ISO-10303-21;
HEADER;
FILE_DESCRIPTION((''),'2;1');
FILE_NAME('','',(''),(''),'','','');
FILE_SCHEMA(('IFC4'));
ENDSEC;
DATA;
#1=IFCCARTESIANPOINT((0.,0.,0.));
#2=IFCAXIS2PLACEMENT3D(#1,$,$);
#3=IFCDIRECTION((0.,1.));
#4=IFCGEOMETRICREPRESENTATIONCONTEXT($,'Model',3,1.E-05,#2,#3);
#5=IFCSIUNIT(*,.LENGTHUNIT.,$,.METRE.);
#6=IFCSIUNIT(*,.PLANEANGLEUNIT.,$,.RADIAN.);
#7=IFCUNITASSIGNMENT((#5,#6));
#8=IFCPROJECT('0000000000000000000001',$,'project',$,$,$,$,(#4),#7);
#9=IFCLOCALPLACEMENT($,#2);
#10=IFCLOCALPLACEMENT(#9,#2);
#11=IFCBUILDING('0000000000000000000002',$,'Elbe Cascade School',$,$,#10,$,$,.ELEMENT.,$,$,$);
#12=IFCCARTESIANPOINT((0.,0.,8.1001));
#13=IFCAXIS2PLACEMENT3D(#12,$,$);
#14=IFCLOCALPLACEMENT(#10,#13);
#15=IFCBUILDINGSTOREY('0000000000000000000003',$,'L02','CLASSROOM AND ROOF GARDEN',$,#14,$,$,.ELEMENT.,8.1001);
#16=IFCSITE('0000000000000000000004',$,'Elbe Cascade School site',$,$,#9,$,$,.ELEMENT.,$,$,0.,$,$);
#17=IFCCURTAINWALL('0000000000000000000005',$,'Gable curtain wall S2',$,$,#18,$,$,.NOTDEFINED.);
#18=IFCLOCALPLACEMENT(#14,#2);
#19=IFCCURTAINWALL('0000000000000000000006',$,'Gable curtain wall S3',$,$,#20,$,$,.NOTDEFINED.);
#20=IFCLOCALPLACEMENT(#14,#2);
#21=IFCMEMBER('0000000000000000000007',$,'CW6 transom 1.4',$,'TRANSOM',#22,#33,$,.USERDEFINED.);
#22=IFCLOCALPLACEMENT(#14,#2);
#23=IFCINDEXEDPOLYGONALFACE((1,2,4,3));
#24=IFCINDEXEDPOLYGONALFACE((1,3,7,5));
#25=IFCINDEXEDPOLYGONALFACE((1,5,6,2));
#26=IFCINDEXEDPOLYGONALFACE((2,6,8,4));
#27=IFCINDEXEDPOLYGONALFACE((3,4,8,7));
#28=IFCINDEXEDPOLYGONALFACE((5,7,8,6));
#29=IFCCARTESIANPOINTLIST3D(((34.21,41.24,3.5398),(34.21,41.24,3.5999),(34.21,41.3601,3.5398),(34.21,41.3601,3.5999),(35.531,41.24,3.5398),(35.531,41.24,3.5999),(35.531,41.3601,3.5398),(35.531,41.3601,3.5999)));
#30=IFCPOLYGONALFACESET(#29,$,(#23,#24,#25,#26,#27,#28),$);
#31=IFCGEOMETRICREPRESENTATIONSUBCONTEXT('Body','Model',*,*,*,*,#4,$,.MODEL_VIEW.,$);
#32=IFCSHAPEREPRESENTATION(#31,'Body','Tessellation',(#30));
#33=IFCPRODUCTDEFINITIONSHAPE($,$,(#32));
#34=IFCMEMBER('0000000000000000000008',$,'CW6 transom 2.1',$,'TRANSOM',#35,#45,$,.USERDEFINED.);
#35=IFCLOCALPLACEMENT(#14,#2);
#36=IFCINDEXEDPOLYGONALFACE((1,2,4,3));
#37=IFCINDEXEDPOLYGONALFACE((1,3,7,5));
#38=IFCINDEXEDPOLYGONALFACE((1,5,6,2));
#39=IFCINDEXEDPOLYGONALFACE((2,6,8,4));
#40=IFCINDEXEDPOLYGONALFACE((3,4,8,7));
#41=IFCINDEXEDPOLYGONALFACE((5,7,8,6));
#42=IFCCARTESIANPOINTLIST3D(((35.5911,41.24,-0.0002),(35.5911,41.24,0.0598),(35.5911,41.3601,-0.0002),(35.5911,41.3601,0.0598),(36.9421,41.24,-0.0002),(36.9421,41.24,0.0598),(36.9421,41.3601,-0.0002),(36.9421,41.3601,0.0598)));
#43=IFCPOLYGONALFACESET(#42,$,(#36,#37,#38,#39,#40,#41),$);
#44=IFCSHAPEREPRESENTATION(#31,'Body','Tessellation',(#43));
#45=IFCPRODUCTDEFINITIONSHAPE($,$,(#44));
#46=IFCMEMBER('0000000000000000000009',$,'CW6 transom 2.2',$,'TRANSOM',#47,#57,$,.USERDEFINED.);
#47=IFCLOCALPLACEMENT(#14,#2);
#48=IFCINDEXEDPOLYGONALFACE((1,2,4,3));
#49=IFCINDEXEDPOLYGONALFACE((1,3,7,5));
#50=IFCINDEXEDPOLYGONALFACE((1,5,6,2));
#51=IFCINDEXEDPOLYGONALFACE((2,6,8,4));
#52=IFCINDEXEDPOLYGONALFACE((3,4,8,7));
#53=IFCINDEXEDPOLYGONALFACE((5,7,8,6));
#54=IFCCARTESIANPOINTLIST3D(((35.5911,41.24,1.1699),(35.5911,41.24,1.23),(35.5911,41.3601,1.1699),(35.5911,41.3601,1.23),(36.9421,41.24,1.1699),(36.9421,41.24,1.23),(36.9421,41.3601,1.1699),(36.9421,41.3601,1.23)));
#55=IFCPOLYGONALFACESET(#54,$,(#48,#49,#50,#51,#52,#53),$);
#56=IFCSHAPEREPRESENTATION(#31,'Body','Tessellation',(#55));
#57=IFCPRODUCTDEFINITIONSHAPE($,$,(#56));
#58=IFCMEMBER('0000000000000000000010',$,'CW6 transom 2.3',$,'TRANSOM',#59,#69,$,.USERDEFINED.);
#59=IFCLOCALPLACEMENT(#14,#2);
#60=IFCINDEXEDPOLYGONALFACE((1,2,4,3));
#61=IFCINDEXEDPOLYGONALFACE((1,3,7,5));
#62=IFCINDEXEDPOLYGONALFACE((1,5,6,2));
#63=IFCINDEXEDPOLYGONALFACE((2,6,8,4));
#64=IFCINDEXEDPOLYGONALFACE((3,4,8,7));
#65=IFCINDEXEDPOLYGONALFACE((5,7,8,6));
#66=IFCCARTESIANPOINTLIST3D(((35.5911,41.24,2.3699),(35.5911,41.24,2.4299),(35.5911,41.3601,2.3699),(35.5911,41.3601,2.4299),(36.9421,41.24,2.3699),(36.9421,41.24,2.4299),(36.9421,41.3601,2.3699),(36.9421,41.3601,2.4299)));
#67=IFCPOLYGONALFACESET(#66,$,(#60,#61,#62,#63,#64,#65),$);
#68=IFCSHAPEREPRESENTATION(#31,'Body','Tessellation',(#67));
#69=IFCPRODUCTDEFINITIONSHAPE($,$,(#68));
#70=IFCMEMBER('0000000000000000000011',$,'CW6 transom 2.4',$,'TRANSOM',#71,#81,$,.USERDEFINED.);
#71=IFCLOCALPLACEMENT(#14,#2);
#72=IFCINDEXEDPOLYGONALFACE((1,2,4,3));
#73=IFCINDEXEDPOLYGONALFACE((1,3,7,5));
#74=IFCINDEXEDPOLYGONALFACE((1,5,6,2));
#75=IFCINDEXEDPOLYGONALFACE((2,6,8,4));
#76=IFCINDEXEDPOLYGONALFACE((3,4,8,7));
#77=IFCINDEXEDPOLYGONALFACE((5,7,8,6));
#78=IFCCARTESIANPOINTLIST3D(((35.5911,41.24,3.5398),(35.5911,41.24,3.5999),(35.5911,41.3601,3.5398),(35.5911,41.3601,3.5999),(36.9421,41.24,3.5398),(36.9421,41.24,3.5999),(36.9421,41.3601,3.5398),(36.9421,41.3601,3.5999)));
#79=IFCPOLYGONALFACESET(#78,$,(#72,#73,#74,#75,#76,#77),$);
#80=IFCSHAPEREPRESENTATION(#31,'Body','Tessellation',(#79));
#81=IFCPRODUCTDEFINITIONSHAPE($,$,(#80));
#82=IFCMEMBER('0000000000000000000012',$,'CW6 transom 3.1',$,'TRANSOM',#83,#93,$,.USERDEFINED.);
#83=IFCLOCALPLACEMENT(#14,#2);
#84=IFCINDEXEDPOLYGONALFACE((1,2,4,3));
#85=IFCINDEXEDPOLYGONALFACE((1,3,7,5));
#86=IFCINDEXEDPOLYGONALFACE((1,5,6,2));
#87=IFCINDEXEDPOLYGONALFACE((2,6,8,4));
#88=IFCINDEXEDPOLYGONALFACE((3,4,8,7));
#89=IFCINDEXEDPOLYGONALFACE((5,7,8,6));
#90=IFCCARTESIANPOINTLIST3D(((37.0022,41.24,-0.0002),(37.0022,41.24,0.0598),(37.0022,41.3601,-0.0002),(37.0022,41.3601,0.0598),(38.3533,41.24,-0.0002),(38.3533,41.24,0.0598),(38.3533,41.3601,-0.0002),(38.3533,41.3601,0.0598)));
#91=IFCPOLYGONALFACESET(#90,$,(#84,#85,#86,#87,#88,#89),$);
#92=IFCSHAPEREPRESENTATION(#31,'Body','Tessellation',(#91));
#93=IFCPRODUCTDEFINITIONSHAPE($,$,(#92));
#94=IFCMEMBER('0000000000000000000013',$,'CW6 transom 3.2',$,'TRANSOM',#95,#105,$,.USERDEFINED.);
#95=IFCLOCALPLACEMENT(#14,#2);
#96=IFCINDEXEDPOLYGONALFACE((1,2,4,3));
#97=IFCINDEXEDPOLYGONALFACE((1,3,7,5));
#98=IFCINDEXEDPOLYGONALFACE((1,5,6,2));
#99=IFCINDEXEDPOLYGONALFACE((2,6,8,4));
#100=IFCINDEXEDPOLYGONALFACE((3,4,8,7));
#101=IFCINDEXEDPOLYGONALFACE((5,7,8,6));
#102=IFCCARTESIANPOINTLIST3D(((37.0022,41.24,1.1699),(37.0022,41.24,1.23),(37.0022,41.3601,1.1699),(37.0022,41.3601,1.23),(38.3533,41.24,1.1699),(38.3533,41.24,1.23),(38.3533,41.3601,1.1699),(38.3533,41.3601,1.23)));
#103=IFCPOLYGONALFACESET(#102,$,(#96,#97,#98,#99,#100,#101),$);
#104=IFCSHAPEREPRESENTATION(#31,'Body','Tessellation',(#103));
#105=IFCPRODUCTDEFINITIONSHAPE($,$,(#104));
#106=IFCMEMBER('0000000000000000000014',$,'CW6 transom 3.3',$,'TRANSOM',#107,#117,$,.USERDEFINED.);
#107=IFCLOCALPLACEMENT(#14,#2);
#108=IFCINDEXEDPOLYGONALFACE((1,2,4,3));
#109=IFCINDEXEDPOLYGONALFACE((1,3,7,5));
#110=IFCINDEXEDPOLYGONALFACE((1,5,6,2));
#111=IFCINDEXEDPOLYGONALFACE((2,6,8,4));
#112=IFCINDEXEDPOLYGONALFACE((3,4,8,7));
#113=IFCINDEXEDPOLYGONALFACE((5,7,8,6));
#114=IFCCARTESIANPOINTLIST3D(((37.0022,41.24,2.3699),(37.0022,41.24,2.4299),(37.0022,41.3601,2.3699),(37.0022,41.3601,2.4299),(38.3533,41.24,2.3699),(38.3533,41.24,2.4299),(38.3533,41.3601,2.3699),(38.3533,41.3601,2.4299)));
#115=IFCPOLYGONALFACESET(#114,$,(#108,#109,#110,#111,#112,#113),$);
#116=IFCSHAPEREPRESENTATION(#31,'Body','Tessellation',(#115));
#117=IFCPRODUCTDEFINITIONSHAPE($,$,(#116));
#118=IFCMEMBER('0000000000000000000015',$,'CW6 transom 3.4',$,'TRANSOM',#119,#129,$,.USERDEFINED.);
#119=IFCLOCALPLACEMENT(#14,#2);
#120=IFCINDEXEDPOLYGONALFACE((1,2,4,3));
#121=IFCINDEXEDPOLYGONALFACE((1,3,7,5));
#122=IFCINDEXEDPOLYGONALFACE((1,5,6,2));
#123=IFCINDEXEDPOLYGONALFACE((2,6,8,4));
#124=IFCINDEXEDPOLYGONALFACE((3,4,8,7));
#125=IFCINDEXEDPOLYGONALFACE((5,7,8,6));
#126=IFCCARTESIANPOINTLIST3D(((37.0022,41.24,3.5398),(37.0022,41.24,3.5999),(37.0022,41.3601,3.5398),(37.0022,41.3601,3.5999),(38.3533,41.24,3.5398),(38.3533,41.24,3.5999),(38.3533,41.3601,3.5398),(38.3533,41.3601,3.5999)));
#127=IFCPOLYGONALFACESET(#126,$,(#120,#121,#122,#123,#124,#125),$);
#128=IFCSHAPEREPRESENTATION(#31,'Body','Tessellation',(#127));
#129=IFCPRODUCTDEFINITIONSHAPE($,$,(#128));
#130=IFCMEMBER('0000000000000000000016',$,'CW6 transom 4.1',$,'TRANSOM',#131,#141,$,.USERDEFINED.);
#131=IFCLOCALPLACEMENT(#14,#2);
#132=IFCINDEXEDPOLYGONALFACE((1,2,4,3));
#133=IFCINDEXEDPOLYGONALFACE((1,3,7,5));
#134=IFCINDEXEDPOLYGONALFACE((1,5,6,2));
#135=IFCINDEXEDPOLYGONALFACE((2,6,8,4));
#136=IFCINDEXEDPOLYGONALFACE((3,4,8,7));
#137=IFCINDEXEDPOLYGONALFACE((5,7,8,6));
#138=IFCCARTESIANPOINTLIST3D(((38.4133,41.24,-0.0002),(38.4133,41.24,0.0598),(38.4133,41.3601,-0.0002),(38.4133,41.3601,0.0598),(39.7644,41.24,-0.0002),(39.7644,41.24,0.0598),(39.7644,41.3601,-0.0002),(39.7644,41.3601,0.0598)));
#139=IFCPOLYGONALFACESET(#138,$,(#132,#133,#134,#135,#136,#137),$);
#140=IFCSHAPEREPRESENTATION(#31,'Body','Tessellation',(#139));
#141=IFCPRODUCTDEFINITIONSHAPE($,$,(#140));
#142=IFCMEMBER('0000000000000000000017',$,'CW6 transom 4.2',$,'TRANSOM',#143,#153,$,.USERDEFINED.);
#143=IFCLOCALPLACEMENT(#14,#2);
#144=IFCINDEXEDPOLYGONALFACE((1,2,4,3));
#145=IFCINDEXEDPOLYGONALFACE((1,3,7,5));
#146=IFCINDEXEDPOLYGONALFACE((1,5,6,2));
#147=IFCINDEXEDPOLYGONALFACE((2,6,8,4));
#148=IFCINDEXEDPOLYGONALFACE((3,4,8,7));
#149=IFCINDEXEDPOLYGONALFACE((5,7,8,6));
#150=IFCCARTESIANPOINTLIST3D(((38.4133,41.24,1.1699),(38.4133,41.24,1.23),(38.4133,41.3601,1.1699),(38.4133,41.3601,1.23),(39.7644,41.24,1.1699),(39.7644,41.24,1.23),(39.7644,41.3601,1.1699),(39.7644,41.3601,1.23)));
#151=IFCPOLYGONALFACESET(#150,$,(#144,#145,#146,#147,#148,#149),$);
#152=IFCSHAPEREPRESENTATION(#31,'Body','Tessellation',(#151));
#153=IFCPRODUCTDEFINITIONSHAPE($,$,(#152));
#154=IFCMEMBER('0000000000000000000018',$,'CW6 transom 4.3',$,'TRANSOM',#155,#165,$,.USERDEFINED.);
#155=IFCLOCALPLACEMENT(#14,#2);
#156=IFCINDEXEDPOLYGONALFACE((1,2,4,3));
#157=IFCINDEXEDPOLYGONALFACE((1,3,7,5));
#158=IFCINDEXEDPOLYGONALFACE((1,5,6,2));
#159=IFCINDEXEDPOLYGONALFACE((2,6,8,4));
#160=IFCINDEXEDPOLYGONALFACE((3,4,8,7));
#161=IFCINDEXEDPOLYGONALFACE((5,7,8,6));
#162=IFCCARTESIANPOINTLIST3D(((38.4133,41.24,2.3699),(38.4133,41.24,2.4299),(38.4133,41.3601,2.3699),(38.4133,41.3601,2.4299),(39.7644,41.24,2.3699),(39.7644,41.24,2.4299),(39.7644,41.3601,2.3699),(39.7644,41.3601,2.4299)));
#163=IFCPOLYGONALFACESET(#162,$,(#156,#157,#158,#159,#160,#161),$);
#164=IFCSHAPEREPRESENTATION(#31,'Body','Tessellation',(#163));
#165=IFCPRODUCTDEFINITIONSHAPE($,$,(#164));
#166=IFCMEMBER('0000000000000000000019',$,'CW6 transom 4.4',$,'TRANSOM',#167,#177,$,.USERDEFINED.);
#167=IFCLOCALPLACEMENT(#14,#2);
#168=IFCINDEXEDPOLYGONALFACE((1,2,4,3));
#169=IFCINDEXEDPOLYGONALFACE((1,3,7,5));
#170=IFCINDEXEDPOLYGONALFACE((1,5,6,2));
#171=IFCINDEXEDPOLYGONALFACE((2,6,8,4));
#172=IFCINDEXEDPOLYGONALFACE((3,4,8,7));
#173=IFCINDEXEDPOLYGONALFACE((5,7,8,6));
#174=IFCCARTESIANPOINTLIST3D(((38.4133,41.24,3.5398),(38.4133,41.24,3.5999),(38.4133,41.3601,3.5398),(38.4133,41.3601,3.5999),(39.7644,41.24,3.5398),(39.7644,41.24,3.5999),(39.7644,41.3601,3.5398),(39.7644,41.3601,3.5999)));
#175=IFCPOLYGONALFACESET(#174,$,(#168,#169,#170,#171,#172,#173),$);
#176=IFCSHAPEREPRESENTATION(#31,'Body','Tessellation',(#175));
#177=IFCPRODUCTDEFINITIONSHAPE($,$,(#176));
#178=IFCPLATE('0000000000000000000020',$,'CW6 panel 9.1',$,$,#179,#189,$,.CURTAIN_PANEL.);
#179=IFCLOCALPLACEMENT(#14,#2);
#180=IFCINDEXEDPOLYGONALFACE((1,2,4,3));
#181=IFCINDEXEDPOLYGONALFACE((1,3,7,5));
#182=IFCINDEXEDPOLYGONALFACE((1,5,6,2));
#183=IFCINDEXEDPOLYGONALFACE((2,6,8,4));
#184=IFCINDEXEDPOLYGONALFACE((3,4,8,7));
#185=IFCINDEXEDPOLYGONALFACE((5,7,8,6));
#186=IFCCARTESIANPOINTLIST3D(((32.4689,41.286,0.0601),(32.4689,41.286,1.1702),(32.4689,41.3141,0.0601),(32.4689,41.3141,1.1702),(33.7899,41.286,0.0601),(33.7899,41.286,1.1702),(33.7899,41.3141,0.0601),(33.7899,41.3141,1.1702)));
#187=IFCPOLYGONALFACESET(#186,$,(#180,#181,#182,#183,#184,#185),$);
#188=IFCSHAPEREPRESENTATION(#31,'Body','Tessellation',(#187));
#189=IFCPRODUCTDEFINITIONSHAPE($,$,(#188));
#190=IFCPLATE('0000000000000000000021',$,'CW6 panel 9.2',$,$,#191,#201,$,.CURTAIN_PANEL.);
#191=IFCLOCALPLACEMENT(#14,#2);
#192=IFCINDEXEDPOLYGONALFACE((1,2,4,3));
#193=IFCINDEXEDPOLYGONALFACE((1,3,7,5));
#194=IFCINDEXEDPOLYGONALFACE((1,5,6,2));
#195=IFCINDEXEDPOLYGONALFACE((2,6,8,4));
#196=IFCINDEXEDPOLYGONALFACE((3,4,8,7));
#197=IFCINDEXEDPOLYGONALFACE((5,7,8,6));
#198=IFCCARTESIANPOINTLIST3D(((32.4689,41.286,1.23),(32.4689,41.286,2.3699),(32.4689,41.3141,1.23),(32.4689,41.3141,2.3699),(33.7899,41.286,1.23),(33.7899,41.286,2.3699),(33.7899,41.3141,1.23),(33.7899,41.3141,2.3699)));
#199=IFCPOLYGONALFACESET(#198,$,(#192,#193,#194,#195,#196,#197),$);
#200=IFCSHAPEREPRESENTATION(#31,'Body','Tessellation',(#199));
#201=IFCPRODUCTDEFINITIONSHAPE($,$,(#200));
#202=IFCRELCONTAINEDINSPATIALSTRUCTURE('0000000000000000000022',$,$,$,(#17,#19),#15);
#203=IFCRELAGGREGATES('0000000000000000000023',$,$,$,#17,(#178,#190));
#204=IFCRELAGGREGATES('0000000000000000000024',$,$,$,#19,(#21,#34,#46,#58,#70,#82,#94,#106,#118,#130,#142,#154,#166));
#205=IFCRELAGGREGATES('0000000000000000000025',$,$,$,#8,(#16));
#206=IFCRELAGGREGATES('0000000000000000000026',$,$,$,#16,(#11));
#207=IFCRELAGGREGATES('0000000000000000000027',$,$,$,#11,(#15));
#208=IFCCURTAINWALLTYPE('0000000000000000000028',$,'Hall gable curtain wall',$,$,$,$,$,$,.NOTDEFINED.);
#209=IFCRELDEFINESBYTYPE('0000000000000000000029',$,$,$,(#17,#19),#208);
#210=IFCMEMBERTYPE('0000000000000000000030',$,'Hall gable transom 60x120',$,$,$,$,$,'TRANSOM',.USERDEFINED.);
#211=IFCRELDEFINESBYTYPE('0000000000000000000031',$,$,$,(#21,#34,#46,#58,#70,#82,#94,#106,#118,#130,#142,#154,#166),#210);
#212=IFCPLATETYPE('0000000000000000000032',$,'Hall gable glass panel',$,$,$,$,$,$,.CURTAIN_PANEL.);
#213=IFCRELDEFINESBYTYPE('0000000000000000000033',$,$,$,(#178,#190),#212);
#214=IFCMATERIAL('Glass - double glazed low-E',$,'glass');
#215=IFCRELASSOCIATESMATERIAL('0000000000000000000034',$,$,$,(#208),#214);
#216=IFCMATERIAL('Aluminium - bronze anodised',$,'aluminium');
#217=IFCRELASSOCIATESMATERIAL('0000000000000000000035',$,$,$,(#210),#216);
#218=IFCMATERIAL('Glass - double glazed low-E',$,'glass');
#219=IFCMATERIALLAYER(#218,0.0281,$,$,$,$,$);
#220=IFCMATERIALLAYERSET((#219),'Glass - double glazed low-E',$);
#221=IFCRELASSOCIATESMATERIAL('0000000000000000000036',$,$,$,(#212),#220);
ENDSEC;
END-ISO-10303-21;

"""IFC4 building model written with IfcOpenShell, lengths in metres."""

from ifc_helpers import new_model, si_unit, direction, frame, origin, origin_2d, place, context, subcontext, project, spatial, rectangle, extrude, material, layer, layer_set, material_profile, profile_set, type_object, element, aggregate, save


model = new_model("IFC4")

# Units and contexts
model_context = context("Model", 3, precision=1e-05, world=origin(), true_north=direction((0.0, 1.0)))
body_context = subcontext(model_context, "Body", "Model", "MODEL_VIEW")
ifc_project = project(units=[si_unit("LENGTHUNIT", "METRE"), si_unit("PLANEANGLEUNIT", "RADIAN")], contexts=[model_context])

# Site, building, storey
site_placement = place(None, origin())
site = spatial("IfcSite", under=ifc_project, at=site_placement, Name="Elbe Cascade School site", CompositionType="ELEMENT", RefElevation=0.0)
building_placement = place(site_placement, origin())
building = spatial("IfcBuilding", under=site, at=building_placement, Name="Elbe Cascade School", CompositionType="ELEMENT")
storey_placement = place(building_placement, frame((0.0, 0.0, 8.1001)))
storey = spatial("IfcBuildingStorey", under=building, at=storey_placement, Name="L02", Description="CLASSROOM AND ROOF GARDEN", CompositionType="ELEMENT", Elevation=8.1001)

# Curtain wall
ifc_material_1 = material(Name="Glass - double glazed low-E", Category="glass")
curtain_wall_type = type_object("IfcCurtainWallType", Name="Hall gable curtain wall", PredefinedType="NOTDEFINED", material=ifc_material_1)
curtain_wall_1_placement = place(storey_placement, origin())
curtain_wall_1 = element("IfcCurtainWall", 1, at=curtain_wall_1_placement, inside=storey, type_object=curtain_wall_type, Name="Gable curtain wall S2", PredefinedType="NOTDEFINED")

# Curtain wall
curtain_wall_2_placement = place(storey_placement, origin())
curtain_wall_2 = element("IfcCurtainWall", 2, at=curtain_wall_2_placement, inside=storey, type_object=curtain_wall_type, Name="Gable curtain wall S3", PredefinedType="NOTDEFINED")

# Members
ifc_material_2 = material(Name="Aluminium - bronze anodised", Category="aluminium")
ifc_material_profile_1 = material_profile(ifc_material_2, rectangle(XDim=0.1201, YDim=0.0601, at=origin_2d()), Name="Alu 60x120")
ifc_profile_set_1 = profile_set([ifc_material_profile_1], Name="Aluminium - bronze anodised")
member_type_1 = type_object("IfcMemberType", Name="Hall gable transom 60x120", ElementType="TRANSOM", PredefinedType="USERDEFINED", material=ifc_profile_set_1)
member_1_placement = place(storey_placement, frame((34.21, 41.3, 3.5698), z_axis=(1.0, 0.0, 0.0), x_axis=(0.0, 1.0, 0.0)))
member_1 = element("IfcMember", 3, at=member_1_placement, type_object=member_type_1, Name="CW6 transom 1.4", ObjectType="TRANSOM", PredefinedType="USERDEFINED", context=body_context, shape_type="SweptSolid", body=[
    extrude(rectangle(XDim=0.1201, YDim=0.0601, at=origin_2d()), origin(), (0.0, 0.0, 1.0), 1.321),
])
member_2_placement = place(storey_placement, frame((35.5911, 41.3, 0.0298), z_axis=(1.0, 0.0, 0.0), x_axis=(0.0, 1.0, 0.0)))
member_2 = element("IfcMember", 4, at=member_2_placement, type_object=member_type_1, Name="CW6 transom 2.1", ObjectType="TRANSOM", PredefinedType="USERDEFINED", context=body_context, shape_type="SweptSolid", body=[
    extrude(rectangle(XDim=0.1201, YDim=0.0601, at=origin_2d()), origin(), (0.0, 0.0, 1.0), 1.3511),
])
member_3_placement = place(storey_placement, frame((35.5911, 41.3, 1.2), z_axis=(1.0, 0.0, 0.0), x_axis=(0.0, 1.0, 0.0)))
member_3 = element("IfcMember", 5, at=member_3_placement, type_object=member_type_1, Name="CW6 transom 2.2", ObjectType="TRANSOM", PredefinedType="USERDEFINED", context=body_context, shape_type="SweptSolid", body=[
    extrude(rectangle(XDim=0.1201, YDim=0.0601, at=origin_2d()), origin(), (0.0, 0.0, 1.0), 1.3511),
])
member_4_placement = place(storey_placement, frame((35.5911, 41.3, 2.3999), z_axis=(1.0, 0.0, 0.0), x_axis=(0.0, 1.0, 0.0)))
member_4 = element("IfcMember", 6, at=member_4_placement, type_object=member_type_1, Name="CW6 transom 2.3", ObjectType="TRANSOM", PredefinedType="USERDEFINED", context=body_context, shape_type="SweptSolid", body=[
    extrude(rectangle(XDim=0.1201, YDim=0.0601, at=origin_2d()), origin(), (0.0, 0.0, 1.0), 1.3511),
])
member_5_placement = place(storey_placement, frame((35.5911, 41.3, 3.5698), z_axis=(1.0, 0.0, 0.0), x_axis=(0.0, 1.0, 0.0)))
member_5 = element("IfcMember", 7, at=member_5_placement, type_object=member_type_1, Name="CW6 transom 2.4", ObjectType="TRANSOM", PredefinedType="USERDEFINED", context=body_context, shape_type="SweptSolid", body=[
    extrude(rectangle(XDim=0.1201, YDim=0.0601, at=origin_2d()), origin(), (0.0, 0.0, 1.0), 1.3511),
])
member_6_placement = place(storey_placement, frame((37.0022, 41.3, 0.0298), z_axis=(1.0, 0.0, 0.0), x_axis=(0.0, 1.0, 0.0)))
member_6 = element("IfcMember", 8, at=member_6_placement, type_object=member_type_1, Name="CW6 transom 3.1", ObjectType="TRANSOM", PredefinedType="USERDEFINED", context=body_context, shape_type="SweptSolid", body=[
    extrude(rectangle(XDim=0.1201, YDim=0.0601, at=origin_2d()), origin(), (0.0, 0.0, 1.0), 1.3511),
])
member_7_placement = place(storey_placement, frame((37.0022, 41.3, 1.2), z_axis=(1.0, 0.0, 0.0), x_axis=(0.0, 1.0, 0.0)))
member_7 = element("IfcMember", 9, at=member_7_placement, type_object=member_type_1, Name="CW6 transom 3.2", ObjectType="TRANSOM", PredefinedType="USERDEFINED", context=body_context, shape_type="SweptSolid", body=[
    extrude(rectangle(XDim=0.1201, YDim=0.0601, at=origin_2d()), origin(), (0.0, 0.0, 1.0), 1.3511),
])
member_8_placement = place(storey_placement, frame((37.0022, 41.3, 2.3999), z_axis=(1.0, 0.0, 0.0), x_axis=(0.0, 1.0, 0.0)))
member_8 = element("IfcMember", 10, at=member_8_placement, type_object=member_type_1, Name="CW6 transom 3.3", ObjectType="TRANSOM", PredefinedType="USERDEFINED", context=body_context, shape_type="SweptSolid", body=[
    extrude(rectangle(XDim=0.1201, YDim=0.0601, at=origin_2d()), origin(), (0.0, 0.0, 1.0), 1.3511),
])
member_9_placement = place(storey_placement, frame((37.0022, 41.3, 3.5698), z_axis=(1.0, 0.0, 0.0), x_axis=(0.0, 1.0, 0.0)))
member_9 = element("IfcMember", 11, at=member_9_placement, type_object=member_type_1, Name="CW6 transom 3.4", ObjectType="TRANSOM", PredefinedType="USERDEFINED", context=body_context, shape_type="SweptSolid", body=[
    extrude(rectangle(XDim=0.1201, YDim=0.0601, at=origin_2d()), origin(), (0.0, 0.0, 1.0), 1.3511),
])
member_10_placement = place(storey_placement, frame((38.4133, 41.3, 0.0298), z_axis=(1.0, 0.0, 0.0), x_axis=(0.0, 1.0, 0.0)))
member_10 = element("IfcMember", 12, at=member_10_placement, type_object=member_type_1, Name="CW6 transom 4.1", ObjectType="TRANSOM", PredefinedType="USERDEFINED", context=body_context, shape_type="SweptSolid", body=[
    extrude(rectangle(XDim=0.1201, YDim=0.0601, at=origin_2d()), origin(), (0.0, 0.0, 1.0), 1.3511),
])
member_11_placement = place(storey_placement, frame((38.4133, 41.3, 1.2), z_axis=(1.0, 0.0, 0.0), x_axis=(0.0, 1.0, 0.0)))
member_11 = element("IfcMember", 13, at=member_11_placement, type_object=member_type_1, Name="CW6 transom 4.2", ObjectType="TRANSOM", PredefinedType="USERDEFINED", context=body_context, shape_type="SweptSolid", body=[
    extrude(rectangle(XDim=0.1201, YDim=0.0601, at=origin_2d()), origin(), (0.0, 0.0, 1.0), 1.3511),
])
member_12_placement = place(storey_placement, frame((38.4133, 41.3, 2.3999), z_axis=(1.0, 0.0, 0.0), x_axis=(0.0, 1.0, 0.0)))
member_12 = element("IfcMember", 14, at=member_12_placement, type_object=member_type_1, Name="CW6 transom 4.3", ObjectType="TRANSOM", PredefinedType="USERDEFINED", context=body_context, shape_type="SweptSolid", body=[
    extrude(rectangle(XDim=0.1201, YDim=0.0601, at=origin_2d()), origin(), (0.0, 0.0, 1.0), 1.3511),
])
member_13_placement = place(storey_placement, frame((38.4133, 41.3, 3.5698), z_axis=(1.0, 0.0, 0.0), x_axis=(0.0, 1.0, 0.0)))
member_13 = element("IfcMember", 15, at=member_13_placement, type_object=member_type_1, Name="CW6 transom 4.4", ObjectType="TRANSOM", PredefinedType="USERDEFINED", context=body_context, shape_type="SweptSolid", body=[
    extrude(rectangle(XDim=0.1201, YDim=0.0601, at=origin_2d()), origin(), (0.0, 0.0, 1.0), 1.3511),
])

# Plates
ifc_material_3 = material(Name="Glass - double glazed low-E", Category="glass")
ifc_layer = layer(ifc_material_3, 0.0281)
ifc_layer_set = layer_set([ifc_layer], Name="Glass - double glazed low-E")
plate_type = type_object("IfcPlateType", Name="Hall gable glass panel", PredefinedType="CURTAIN_PANEL", material=ifc_layer_set)
plate_1_placement = place(storey_placement, frame((33.1294, 41.3, 0.0601), z_axis=(0.0, 0.0, 1.0), x_axis=(1.0, 0.0, 0.0)))
plate_1 = element("IfcPlate", 16, at=plate_1_placement, type_object=plate_type, Name="CW6 panel 9.1", PredefinedType="CURTAIN_PANEL", context=body_context, shape_type="SweptSolid", body=[
    extrude(rectangle(XDim=1.321, YDim=0.0281, at=origin_2d()), origin(), (0.0, 0.0, 1.0), 1.1101),
])
plate_2_placement = place(storey_placement, frame((33.1294, 41.3, 1.23), z_axis=(0.0, 0.0, 1.0), x_axis=(1.0, 0.0, 0.0)))
plate_2 = element("IfcPlate", 17, at=plate_2_placement, type_object=plate_type, Name="CW6 panel 9.2", PredefinedType="CURTAIN_PANEL", context=body_context, shape_type="SweptSolid", body=[
    extrude(rectangle(XDim=1.321, YDim=0.0281, at=origin_2d()), origin(), (0.0, 0.0, 1.0), 1.1399),
])
aggregate(curtain_wall_1, [plate_1, plate_2])
aggregate(curtain_wall_2, [member_1, member_2, member_3, member_4, member_5, member_6, member_7, member_8, member_9, member_10, member_11, member_12, member_13])

save(model, "model.ifc")
